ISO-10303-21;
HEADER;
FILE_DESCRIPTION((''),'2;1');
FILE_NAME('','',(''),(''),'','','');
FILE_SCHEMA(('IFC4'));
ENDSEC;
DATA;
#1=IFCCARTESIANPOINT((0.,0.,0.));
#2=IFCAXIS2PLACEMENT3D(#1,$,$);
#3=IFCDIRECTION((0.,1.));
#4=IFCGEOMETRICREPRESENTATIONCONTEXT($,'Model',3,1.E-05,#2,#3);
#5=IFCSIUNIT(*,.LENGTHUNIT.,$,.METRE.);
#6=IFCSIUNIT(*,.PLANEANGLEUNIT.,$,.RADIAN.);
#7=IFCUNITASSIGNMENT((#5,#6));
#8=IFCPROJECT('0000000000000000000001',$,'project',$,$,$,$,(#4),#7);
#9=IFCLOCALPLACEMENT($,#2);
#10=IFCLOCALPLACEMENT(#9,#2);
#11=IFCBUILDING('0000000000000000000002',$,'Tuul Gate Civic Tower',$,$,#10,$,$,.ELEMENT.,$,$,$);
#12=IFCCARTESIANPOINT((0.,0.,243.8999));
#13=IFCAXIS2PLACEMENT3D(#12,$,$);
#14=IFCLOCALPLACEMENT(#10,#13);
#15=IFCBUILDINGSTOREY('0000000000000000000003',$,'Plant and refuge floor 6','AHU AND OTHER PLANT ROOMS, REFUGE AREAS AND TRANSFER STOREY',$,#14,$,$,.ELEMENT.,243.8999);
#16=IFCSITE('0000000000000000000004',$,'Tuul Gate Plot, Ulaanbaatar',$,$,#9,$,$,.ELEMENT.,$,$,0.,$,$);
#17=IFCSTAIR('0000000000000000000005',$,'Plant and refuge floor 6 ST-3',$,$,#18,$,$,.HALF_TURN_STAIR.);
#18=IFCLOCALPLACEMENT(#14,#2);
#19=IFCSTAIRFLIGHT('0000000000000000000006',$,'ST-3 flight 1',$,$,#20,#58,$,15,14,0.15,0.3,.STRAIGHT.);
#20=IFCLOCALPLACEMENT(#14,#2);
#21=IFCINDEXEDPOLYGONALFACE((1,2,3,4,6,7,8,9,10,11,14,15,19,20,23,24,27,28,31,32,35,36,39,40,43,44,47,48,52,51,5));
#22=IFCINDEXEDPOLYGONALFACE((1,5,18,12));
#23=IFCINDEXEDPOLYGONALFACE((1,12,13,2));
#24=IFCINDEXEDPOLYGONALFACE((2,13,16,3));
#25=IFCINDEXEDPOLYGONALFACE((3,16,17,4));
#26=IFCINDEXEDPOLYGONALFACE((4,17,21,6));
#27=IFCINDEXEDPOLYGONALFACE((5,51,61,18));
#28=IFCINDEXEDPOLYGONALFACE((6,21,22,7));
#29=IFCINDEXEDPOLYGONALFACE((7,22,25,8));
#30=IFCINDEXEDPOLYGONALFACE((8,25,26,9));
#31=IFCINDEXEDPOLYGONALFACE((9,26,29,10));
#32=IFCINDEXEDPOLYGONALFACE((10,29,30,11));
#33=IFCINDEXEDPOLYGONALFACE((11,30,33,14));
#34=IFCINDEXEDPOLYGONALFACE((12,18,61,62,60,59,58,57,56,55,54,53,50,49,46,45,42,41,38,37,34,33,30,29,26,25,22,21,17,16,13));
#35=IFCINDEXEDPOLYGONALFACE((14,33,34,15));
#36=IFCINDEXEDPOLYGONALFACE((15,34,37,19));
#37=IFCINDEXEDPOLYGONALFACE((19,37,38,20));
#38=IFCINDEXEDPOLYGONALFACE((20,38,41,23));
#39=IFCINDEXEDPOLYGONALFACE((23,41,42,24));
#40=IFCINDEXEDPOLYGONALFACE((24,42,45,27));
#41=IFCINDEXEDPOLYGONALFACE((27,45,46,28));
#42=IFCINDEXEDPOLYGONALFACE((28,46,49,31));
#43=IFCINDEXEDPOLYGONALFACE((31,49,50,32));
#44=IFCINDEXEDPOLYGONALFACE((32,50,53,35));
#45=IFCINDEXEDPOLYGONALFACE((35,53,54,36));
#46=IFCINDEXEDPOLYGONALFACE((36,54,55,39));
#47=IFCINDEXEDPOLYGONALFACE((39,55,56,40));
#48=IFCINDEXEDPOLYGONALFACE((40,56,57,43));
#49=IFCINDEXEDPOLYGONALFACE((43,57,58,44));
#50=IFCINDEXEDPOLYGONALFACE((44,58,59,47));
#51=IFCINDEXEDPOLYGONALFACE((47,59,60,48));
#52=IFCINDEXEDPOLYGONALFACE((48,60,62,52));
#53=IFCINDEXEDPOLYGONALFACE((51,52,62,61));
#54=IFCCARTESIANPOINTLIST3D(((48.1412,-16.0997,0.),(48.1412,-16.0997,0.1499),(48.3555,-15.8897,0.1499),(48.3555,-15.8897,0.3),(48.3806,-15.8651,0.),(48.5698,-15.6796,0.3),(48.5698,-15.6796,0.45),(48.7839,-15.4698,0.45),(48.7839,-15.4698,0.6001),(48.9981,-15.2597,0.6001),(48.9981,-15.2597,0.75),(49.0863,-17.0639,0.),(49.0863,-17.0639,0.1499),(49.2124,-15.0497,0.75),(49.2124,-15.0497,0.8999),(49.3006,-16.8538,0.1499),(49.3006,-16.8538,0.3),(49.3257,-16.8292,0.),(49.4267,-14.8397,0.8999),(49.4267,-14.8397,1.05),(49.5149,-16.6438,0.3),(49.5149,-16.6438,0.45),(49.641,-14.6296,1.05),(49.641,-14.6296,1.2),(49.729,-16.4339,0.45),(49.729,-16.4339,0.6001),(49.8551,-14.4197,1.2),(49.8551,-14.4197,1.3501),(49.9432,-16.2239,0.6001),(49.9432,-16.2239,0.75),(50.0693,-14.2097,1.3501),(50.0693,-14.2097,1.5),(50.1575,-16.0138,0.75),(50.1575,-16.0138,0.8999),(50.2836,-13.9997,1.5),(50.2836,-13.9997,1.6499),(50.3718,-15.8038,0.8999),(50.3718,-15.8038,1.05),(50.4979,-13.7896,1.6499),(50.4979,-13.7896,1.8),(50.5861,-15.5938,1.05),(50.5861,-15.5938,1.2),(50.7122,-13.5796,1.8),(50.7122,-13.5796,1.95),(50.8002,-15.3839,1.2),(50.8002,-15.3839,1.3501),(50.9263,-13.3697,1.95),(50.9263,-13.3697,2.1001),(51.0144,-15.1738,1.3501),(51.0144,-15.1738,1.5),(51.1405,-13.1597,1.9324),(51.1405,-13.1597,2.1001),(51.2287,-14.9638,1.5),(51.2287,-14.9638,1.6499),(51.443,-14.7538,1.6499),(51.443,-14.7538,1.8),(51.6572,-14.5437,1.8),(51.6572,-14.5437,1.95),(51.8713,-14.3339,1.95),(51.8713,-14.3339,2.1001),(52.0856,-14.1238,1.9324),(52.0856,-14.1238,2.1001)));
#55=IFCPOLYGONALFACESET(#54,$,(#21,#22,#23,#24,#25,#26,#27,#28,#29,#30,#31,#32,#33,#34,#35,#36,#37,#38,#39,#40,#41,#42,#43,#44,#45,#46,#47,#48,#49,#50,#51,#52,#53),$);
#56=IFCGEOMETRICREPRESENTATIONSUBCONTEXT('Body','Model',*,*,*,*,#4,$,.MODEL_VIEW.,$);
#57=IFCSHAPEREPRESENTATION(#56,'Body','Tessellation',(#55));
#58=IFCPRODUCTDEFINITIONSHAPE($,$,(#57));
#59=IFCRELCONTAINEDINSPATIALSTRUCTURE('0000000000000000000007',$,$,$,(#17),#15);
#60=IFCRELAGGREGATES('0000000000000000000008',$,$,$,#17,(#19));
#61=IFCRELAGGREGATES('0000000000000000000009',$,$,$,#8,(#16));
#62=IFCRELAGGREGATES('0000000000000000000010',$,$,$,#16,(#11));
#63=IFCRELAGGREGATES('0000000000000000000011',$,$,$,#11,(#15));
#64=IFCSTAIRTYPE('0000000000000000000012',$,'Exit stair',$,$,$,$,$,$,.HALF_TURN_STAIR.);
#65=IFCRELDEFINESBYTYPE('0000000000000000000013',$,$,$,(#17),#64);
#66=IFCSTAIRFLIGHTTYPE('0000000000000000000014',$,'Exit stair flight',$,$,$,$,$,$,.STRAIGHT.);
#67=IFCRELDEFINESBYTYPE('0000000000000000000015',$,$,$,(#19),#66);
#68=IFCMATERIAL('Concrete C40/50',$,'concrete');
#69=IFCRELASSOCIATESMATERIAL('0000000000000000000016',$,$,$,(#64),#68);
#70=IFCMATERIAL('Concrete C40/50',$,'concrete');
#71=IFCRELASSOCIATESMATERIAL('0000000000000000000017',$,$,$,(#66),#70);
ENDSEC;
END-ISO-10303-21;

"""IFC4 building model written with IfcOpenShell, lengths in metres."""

from ifc_helpers import new_model, si_unit, direction, frame, origin, place, context, subcontext, project, spatial, polyline, outline, extrude, material, type_object, element, aggregate, save


model = new_model("IFC4")

# Units and contexts
model_context = context("Model", 3, precision=1e-05, world=origin(), true_north=direction((0.0, 1.0)))
body_context = subcontext(model_context, "Body", "Model", "MODEL_VIEW")
ifc_project = project(units=[si_unit("LENGTHUNIT", "METRE"), si_unit("PLANEANGLEUNIT", "RADIAN")], contexts=[model_context])

# Site, building, storey
site_placement = place(None, origin())
site = spatial("IfcSite", under=ifc_project, at=site_placement, Name="Tuul Gate Plot, Ulaanbaatar", CompositionType="ELEMENT", RefElevation=0.0)
building_placement = place(site_placement, origin())
building = spatial("IfcBuilding", under=site, at=building_placement, Name="Tuul Gate Civic Tower", CompositionType="ELEMENT")
storey_placement = place(building_placement, frame((0.0, 0.0, 243.8999)))
storey = spatial("IfcBuildingStorey", under=building, at=storey_placement, Name="Plant and refuge floor 6", Description="AHU AND OTHER PLANT ROOMS, REFUGE AREAS AND TRANSFER STOREY", CompositionType="ELEMENT", Elevation=243.8999)

# Stair, stair flight
ifc_material_1 = material(Name="Concrete C40/50", Category="concrete")
stair_type = type_object("IfcStairType", Name="Exit stair", PredefinedType="HALF_TURN_STAIR", material=ifc_material_1)
stair_placement = place(storey_placement, origin())
stair = element("IfcStair", 1, at=stair_placement, inside=storey, type_object=stair_type, Name="Plant and refuge floor 6 ST-3", PredefinedType="HALF_TURN_STAIR")
ifc_material_2 = material(Name="Concrete C40/50", Category="concrete")
stair_flight_type = type_object("IfcStairFlightType", Name="Exit stair flight", PredefinedType="STRAIGHT", material=ifc_material_2)
stair_flight_placement = place(storey_placement, frame((48.6138, -16.5818, 0.0), z_axis=(0.0, 0.0, 1.0), x_axis=(0.714127, 0.700016, 0.0)))
stair_flight = element("IfcStairFlight", 2, at=stair_flight_placement, type_object=stair_flight_type, Name="ST-3 flight 1", NumberOfRisers=15, NumberOfTreads=14, PredefinedType="STRAIGHT", RiserHeight=0.15, TreadLength=0.3, context=body_context, shape_type="SweptSolid", body=[
    extrude(outline(polyline([(0.0, 0.0), (0.0, 0.1499), (0.3, 0.1499), (0.3, 0.3), (0.6001, 0.3), (0.6001, 0.45), (0.8999, 0.45), (0.8999, 0.6001), (1.2, 0.6001), (1.2, 0.75), (1.5, 0.75), (1.5, 0.8999), (1.8, 0.8999), (1.8, 1.05), (2.1001, 1.05), (2.1001, 1.2), (2.3999, 1.2), (2.3999, 1.3501), (2.7, 1.3501), (2.7, 1.5), (3.0, 1.5), (3.0, 1.6499), (3.3, 1.6499), (3.3, 1.8), (3.6001, 1.8), (3.6001, 1.95), (3.8999, 1.95), (3.8999, 2.1001), (4.2, 2.1001), (4.2, 2.25), (4.2, 1.9324), (0.3352, 0.0), (0.0, 0.0)])), frame((0.0, 0.675, 0.0), z_axis=(0.0, -1.0, 0.0), x_axis=(1.0, 0.0, 0.0)), (0.0, 0.0, 1.0), 1.3501),
])
aggregate(stair, [stair_flight])

save(model, "model.ifc")
